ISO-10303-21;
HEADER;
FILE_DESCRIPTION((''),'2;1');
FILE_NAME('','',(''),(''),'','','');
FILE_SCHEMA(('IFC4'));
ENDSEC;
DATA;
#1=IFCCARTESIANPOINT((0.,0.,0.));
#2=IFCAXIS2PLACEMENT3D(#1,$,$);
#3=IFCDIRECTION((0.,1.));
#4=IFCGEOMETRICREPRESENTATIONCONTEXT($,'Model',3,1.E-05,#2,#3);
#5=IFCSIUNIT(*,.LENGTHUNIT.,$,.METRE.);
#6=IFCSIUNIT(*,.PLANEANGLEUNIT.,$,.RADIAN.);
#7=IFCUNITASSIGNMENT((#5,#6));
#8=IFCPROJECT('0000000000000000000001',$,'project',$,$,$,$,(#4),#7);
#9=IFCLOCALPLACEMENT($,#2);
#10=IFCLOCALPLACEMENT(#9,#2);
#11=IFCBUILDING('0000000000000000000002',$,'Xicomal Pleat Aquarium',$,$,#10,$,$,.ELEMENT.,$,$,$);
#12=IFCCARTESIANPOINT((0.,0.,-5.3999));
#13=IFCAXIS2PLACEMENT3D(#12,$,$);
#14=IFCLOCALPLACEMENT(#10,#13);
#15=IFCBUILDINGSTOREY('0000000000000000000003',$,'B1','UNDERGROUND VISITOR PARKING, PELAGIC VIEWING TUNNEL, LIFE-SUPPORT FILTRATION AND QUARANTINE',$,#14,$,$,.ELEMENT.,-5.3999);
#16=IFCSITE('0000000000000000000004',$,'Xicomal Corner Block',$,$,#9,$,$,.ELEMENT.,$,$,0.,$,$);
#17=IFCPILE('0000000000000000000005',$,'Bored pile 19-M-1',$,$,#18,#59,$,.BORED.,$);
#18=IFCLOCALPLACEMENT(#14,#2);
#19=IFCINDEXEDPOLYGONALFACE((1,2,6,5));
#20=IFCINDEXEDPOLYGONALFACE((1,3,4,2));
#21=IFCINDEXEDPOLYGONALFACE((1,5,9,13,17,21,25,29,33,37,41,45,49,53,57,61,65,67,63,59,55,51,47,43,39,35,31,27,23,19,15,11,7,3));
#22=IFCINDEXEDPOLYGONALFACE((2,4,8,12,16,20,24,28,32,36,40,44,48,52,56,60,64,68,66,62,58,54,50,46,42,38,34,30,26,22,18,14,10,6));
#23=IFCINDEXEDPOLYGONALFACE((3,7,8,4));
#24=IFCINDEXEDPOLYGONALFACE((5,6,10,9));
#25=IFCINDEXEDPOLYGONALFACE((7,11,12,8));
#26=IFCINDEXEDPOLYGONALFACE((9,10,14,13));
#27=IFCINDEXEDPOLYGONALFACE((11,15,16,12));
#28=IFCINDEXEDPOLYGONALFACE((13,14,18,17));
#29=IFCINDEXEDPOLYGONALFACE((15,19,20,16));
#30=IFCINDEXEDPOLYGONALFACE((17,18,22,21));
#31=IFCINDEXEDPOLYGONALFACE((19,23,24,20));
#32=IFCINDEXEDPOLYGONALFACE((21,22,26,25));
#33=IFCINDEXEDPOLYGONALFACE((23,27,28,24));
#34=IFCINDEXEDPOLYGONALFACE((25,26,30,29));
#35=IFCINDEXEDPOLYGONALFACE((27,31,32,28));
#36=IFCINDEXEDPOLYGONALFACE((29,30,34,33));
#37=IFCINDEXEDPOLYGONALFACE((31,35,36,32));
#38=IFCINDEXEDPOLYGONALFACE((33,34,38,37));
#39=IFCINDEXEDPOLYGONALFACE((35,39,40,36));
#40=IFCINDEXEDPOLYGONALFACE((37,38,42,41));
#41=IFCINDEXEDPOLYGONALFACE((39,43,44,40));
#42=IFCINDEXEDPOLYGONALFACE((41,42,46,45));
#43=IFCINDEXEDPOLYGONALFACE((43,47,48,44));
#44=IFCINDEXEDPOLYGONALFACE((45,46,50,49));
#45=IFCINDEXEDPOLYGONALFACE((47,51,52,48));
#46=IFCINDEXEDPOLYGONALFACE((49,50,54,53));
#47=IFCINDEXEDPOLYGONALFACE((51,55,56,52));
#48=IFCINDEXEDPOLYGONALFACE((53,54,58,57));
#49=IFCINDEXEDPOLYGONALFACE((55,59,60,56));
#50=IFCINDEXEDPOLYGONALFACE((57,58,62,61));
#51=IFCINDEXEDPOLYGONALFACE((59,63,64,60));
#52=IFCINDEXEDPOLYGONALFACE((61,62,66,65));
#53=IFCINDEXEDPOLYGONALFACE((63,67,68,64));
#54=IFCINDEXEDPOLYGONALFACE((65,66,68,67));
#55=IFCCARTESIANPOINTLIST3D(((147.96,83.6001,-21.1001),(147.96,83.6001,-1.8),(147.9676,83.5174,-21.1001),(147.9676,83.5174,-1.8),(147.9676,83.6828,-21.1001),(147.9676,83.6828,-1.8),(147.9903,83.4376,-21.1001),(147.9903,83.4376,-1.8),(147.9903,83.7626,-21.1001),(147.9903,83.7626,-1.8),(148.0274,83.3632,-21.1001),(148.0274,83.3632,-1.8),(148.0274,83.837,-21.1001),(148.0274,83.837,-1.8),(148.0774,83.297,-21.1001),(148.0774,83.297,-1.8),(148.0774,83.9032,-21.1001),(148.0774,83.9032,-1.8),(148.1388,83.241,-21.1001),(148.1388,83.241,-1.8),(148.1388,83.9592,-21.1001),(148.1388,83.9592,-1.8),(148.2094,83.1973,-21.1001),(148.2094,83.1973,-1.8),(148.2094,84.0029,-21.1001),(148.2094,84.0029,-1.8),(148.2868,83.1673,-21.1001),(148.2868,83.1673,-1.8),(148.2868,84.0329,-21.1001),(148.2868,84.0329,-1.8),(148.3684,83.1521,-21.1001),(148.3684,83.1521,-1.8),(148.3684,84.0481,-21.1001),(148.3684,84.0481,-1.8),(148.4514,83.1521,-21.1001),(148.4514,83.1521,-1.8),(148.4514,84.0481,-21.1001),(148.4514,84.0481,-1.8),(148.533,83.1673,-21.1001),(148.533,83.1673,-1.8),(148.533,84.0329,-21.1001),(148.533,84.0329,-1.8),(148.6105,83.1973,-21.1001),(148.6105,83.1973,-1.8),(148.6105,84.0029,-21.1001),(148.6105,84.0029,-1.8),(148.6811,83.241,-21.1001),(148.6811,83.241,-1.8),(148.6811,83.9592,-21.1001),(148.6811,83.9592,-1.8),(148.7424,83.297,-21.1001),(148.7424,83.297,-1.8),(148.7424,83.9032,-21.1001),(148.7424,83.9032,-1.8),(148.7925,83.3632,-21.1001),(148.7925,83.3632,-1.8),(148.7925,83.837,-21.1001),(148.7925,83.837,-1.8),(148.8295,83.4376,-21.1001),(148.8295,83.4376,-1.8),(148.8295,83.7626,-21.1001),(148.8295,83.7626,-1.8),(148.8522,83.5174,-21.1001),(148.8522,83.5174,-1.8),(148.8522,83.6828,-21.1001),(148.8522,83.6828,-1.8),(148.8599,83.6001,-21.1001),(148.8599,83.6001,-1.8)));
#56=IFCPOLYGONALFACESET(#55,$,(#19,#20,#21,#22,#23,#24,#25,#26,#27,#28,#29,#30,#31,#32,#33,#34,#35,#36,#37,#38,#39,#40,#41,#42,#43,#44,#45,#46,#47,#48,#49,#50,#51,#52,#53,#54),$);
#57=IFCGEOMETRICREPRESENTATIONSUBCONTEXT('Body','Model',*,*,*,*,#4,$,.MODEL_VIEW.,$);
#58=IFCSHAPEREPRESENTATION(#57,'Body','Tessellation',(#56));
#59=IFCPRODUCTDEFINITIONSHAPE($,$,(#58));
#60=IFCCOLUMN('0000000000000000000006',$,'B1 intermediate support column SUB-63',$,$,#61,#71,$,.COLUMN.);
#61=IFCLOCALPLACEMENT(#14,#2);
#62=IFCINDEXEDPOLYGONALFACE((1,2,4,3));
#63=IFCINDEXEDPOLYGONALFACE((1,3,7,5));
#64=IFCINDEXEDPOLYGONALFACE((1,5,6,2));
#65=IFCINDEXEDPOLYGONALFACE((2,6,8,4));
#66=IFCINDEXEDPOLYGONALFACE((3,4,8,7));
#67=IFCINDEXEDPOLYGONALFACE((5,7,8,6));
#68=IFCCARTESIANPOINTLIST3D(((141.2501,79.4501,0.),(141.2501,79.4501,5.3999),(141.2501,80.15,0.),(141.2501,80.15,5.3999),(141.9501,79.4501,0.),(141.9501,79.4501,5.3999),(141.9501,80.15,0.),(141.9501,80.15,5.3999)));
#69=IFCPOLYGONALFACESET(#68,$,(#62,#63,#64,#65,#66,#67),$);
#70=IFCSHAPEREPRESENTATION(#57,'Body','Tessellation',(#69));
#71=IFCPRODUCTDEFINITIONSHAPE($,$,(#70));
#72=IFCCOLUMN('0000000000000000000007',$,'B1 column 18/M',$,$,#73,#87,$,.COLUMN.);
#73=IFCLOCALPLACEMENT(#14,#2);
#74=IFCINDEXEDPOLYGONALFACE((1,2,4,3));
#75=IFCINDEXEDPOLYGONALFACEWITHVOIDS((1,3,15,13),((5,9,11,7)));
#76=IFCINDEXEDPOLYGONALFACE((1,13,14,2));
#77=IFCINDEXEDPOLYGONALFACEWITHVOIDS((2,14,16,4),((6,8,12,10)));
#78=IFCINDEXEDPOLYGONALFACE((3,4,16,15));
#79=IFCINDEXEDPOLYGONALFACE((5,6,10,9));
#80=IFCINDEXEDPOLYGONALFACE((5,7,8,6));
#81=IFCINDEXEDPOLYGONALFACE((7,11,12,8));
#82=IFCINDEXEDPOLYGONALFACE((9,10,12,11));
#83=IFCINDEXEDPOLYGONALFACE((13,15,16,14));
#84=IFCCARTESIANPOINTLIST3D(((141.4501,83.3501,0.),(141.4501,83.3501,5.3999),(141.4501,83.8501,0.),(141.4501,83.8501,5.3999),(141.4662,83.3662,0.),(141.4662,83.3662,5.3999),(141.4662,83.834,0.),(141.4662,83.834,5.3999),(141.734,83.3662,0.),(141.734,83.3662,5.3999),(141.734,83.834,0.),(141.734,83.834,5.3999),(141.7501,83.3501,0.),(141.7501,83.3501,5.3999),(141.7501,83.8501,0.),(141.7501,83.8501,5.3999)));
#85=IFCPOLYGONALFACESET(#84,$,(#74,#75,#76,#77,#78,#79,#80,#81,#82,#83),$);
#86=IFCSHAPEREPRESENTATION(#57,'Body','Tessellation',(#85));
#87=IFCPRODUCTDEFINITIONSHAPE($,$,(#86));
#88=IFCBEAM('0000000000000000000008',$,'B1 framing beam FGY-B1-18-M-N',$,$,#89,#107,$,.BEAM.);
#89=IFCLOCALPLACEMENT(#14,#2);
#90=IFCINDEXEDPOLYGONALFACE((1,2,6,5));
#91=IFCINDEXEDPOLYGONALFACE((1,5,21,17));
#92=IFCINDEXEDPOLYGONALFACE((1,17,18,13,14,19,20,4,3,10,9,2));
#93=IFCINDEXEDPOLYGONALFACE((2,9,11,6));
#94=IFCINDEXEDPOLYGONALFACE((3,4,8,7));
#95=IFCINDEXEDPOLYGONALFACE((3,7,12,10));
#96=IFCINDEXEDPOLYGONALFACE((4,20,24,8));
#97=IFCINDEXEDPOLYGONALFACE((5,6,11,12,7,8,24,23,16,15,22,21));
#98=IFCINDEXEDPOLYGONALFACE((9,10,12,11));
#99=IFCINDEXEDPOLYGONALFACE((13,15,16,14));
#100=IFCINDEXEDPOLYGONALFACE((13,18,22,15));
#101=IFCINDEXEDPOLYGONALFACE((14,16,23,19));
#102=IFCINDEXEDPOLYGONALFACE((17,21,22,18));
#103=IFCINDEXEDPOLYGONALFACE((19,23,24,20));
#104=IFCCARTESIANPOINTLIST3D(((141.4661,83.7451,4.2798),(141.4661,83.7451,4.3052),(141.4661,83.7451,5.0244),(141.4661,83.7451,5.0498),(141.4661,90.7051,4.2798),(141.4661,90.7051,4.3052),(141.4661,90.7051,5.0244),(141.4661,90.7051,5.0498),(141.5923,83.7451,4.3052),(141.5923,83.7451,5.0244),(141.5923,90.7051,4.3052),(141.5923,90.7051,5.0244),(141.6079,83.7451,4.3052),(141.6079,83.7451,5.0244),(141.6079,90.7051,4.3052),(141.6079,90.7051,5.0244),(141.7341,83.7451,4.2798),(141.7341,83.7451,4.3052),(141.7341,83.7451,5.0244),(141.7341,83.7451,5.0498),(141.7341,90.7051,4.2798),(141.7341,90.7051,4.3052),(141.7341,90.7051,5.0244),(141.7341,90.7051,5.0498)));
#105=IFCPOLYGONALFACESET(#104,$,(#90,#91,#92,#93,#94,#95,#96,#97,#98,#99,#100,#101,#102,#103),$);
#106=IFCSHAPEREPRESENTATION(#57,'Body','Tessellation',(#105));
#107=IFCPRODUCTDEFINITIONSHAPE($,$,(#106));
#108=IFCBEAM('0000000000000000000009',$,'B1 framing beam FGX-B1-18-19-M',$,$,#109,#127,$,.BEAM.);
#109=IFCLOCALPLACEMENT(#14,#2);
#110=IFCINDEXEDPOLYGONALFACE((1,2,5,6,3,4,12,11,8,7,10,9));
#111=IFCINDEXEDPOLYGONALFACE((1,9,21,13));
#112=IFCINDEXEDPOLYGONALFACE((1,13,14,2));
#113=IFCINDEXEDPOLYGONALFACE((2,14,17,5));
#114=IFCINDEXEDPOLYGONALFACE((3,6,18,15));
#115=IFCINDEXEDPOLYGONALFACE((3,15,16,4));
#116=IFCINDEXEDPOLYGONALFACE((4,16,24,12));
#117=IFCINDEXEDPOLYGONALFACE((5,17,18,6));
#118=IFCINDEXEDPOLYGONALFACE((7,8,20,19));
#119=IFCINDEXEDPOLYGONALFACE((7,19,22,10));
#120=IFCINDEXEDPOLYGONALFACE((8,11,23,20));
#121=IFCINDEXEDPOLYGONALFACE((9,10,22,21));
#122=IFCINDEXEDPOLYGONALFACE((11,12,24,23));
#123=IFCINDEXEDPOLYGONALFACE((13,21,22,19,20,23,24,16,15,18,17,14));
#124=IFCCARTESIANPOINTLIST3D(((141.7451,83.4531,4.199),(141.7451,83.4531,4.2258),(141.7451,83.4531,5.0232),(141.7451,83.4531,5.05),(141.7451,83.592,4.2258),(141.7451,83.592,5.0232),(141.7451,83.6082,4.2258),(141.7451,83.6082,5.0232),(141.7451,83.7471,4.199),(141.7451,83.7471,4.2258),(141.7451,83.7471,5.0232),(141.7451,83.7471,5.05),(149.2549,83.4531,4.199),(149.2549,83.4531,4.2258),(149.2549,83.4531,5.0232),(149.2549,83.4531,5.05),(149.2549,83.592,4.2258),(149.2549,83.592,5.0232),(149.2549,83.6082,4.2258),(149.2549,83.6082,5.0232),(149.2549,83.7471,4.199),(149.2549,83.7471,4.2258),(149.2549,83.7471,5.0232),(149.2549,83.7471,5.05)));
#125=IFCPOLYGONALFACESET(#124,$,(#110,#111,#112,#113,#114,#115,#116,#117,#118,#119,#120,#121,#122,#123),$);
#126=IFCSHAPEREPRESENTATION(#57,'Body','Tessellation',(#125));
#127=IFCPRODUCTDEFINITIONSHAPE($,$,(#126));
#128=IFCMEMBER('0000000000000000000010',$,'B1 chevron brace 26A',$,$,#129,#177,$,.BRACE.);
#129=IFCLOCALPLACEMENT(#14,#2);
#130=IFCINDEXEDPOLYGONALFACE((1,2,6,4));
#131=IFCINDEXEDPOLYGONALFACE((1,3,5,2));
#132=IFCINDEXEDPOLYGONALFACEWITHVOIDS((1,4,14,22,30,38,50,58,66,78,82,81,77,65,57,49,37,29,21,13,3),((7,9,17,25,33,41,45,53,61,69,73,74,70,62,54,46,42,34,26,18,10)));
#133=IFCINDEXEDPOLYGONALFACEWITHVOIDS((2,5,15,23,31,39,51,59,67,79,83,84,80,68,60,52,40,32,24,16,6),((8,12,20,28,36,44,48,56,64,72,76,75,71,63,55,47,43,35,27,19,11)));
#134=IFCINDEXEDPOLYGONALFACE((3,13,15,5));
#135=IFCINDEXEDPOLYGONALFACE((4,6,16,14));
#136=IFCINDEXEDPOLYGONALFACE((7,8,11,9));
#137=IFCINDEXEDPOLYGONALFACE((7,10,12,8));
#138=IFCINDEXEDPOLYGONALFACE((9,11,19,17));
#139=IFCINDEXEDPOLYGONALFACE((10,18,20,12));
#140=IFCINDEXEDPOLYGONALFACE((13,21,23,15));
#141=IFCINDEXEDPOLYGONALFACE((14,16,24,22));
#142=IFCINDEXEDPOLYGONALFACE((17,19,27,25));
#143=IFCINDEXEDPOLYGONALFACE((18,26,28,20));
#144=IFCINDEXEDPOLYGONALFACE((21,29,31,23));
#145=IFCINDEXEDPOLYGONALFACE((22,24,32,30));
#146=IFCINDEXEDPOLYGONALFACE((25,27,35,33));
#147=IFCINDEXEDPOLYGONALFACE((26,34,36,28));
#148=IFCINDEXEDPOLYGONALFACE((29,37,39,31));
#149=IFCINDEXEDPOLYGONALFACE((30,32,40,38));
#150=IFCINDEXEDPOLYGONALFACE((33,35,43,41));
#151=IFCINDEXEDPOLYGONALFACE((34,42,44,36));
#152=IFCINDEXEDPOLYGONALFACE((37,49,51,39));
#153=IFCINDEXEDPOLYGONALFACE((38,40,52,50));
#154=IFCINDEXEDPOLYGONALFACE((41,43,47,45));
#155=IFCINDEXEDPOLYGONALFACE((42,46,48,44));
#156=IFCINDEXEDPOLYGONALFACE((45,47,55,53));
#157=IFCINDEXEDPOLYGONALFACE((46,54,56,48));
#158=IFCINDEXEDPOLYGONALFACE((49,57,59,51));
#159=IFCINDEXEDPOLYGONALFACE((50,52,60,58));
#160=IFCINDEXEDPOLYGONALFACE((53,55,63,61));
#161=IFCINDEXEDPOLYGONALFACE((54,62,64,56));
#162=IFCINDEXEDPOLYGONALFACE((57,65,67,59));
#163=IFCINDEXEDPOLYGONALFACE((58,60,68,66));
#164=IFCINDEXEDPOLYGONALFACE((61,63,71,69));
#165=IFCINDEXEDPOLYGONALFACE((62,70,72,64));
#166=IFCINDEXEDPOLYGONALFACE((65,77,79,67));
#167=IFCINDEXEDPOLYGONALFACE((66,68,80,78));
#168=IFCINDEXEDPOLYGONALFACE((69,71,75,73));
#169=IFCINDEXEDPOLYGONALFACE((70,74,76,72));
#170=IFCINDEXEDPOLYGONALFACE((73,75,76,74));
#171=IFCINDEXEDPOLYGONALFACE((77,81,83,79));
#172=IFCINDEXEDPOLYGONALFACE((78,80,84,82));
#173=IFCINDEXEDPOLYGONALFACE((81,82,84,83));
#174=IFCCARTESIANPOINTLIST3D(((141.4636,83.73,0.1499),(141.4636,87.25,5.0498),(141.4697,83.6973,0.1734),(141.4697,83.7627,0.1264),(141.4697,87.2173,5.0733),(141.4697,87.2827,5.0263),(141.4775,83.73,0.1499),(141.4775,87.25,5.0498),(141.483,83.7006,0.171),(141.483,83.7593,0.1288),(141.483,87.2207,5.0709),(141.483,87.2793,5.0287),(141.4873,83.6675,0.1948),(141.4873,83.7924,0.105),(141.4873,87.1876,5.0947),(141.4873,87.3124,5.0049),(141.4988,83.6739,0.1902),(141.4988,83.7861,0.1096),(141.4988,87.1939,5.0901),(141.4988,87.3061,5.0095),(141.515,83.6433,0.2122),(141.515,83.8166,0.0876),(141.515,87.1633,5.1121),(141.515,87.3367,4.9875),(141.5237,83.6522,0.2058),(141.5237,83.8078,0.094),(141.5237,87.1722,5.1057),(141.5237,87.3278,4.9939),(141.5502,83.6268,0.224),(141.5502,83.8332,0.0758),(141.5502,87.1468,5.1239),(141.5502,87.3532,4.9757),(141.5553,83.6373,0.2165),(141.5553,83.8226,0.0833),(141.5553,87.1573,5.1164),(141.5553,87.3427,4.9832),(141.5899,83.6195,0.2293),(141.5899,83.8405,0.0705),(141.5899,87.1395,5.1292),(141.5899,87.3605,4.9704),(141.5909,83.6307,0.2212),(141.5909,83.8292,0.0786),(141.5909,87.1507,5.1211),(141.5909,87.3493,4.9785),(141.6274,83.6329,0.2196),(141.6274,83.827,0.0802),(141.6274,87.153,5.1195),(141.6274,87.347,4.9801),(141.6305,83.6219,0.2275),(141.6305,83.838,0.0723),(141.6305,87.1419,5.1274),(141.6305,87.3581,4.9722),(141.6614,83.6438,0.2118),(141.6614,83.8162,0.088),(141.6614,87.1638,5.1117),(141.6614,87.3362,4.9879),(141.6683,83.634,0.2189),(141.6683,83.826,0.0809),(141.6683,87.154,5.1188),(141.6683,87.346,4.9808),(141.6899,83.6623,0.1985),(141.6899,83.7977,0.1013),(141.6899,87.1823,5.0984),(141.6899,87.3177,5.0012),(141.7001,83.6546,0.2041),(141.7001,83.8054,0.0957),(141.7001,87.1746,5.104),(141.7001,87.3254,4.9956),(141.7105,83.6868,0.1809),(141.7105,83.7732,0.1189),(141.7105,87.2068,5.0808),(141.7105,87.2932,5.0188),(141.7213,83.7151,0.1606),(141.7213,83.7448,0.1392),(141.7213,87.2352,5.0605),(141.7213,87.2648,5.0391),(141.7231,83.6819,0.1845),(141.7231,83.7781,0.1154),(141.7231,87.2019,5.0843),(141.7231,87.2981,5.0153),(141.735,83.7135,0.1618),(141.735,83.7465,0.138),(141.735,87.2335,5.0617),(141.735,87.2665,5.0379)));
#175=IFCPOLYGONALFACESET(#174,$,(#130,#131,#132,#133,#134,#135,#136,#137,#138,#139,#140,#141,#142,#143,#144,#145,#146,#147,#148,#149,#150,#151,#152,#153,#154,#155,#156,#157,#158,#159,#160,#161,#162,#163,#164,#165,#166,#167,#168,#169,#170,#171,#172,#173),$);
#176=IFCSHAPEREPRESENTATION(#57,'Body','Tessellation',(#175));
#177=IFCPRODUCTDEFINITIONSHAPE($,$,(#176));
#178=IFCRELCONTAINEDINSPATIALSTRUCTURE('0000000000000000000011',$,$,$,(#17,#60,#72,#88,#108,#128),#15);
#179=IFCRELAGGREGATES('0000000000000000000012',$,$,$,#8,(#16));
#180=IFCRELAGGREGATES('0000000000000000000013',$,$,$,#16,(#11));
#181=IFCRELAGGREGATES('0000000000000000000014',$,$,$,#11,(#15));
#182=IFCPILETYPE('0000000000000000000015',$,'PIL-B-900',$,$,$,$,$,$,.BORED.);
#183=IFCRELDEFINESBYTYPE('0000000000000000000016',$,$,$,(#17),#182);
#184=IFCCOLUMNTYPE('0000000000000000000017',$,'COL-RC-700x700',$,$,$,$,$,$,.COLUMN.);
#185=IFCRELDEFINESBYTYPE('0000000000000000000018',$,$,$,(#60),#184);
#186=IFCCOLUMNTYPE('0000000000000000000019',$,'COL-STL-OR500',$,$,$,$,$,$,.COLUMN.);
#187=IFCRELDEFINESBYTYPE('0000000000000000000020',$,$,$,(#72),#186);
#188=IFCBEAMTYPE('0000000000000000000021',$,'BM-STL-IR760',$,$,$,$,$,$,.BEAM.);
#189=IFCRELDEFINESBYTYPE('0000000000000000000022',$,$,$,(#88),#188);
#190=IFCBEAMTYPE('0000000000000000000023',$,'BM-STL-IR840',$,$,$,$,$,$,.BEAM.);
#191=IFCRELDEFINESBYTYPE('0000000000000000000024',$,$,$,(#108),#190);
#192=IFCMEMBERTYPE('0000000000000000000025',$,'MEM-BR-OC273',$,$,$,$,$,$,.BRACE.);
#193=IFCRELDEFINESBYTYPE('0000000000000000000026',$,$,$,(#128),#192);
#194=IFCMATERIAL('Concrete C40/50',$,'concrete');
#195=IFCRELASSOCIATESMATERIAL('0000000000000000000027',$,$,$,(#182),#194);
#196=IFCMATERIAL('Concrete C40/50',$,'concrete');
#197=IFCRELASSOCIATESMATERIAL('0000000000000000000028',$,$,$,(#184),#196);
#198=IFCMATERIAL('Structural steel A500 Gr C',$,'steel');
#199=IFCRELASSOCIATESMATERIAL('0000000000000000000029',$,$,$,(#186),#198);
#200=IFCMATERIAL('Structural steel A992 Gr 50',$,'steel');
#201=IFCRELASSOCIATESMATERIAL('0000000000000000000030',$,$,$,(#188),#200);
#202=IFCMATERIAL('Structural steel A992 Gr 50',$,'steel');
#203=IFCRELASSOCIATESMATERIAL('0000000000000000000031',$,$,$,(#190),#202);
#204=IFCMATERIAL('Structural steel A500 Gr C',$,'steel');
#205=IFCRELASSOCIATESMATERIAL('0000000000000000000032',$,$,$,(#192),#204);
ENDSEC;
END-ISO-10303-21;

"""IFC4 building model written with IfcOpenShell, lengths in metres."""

from ifc_helpers import new_model, si_unit, direction, frame, origin, origin_2d, place, context, subcontext, project, spatial, rectangle, hollow_rectangle, circle, hollow_circle, i_section, extrude, material, material_profile, profile_set, type_object, element, save


model = new_model("IFC4")

# Units and contexts
model_context = context("Model", 3, precision=1e-05, world=origin(), true_north=direction((0.0, 1.0)))
body_context = subcontext(model_context, "Body", "Model", "MODEL_VIEW")
ifc_project = project(units=[si_unit("LENGTHUNIT", "METRE"), si_unit("PLANEANGLEUNIT", "RADIAN")], contexts=[model_context])

# Site, building, storey
site_placement = place(None, origin())
site = spatial("IfcSite", under=ifc_project, at=site_placement, Name="Xicomal Corner Block", CompositionType="ELEMENT", RefElevation=0.0)
building_placement = place(site_placement, origin())
building = spatial("IfcBuilding", under=site, at=building_placement, Name="Xicomal Pleat Aquarium", CompositionType="ELEMENT")
storey_placement = place(building_placement, frame((0.0, 0.0, -5.3999)))
storey = spatial("IfcBuildingStorey", under=building, at=storey_placement, Name="B1", Description="UNDERGROUND VISITOR PARKING, PELAGIC VIEWING TUNNEL, LIFE-SUPPORT FILTRATION AND QUARANTINE", CompositionType="ELEMENT", Elevation=-5.3999)

# Pile
ifc_material_1 = material(Name="Concrete C40/50", Category="concrete")
ifc_material_profile_1 = material_profile(ifc_material_1, circle(Radius=0.45, at=origin_2d()), Name="BORED PILE D900")
ifc_profile_set_1 = profile_set([ifc_material_profile_1], Name="Concrete C40/50")
pile_type_1 = type_object("IfcPileType", Name="PIL-B-900", PredefinedType="BORED", material=ifc_profile_set_1)
pile_placement = place(storey_placement, frame((148.4099, 83.6001, -1.8), z_axis=(0.0, 0.0, -1.0), x_axis=(1.0, 0.0, 0.0)))
element("IfcPile", 1, at=pile_placement, inside=storey, type_object=pile_type_1, Name="Bored pile 19-M-1", PredefinedType="BORED", context=body_context, shape_type="SweptSolid", body=[
    extrude(circle(Radius=0.45, at=origin_2d()), origin(), (0.0, 0.0, 1.0), 19.3),
])

# Columns
ifc_material_2 = material(Name="Concrete C40/50", Category="concrete")
ifc_material_profile_2 = material_profile(ifc_material_2, rectangle(XDim=0.7, YDim=0.7, at=origin_2d()), Name="RC 700x700")
ifc_profile_set_2 = profile_set([ifc_material_profile_2], Name="Concrete C40/50")
column_type_1 = type_object("IfcColumnType", Name="COL-RC-700x700", PredefinedType="COLUMN", material=ifc_profile_set_2)
column_1_placement = place(storey_placement, frame((141.6001, 79.8, 0.0), z_axis=(0.0, 0.0, 1.0), x_axis=(1.0, 0.0, 0.0)))
element("IfcColumn", 2, at=column_1_placement, inside=storey, type_object=column_type_1, Name="B1 intermediate support column SUB-63", PredefinedType="COLUMN", context=body_context, shape_type="SweptSolid", body=[
    extrude(rectangle(XDim=0.7, YDim=0.7, at=origin_2d()), origin(), (0.0, 0.0, 1.0), 5.3999),
])
ifc_material_3 = material(Name="Structural steel A500 Gr C", Category="steel")
ifc_material_profile_3 = material_profile(ifc_material_3, hollow_rectangle(XDim=0.3, YDim=0.5, WallThickness=0.0161, at=origin_2d()), Name="OR 500x300x16")
ifc_profile_set_3 = profile_set([ifc_material_profile_3], Name="Structural steel A500 Gr C")
column_type_2 = type_object("IfcColumnType", Name="COL-STL-OR500", PredefinedType="COLUMN", material=ifc_profile_set_3)
column_2_placement = place(storey_placement, frame((141.6001, 83.6001, 0.0), z_axis=(0.0, 0.0, 1.0), x_axis=(1.0, 0.0, 0.0)))
element("IfcColumn", 3, at=column_2_placement, inside=storey, type_object=column_type_2, Name="B1 column 18/M", PredefinedType="COLUMN", context=body_context, shape_type="SweptSolid", body=[
    extrude(hollow_rectangle(XDim=0.3, YDim=0.5, WallThickness=0.0161, at=origin_2d()), origin(), (0.0, 0.0, 1.0), 5.3999),
])

# Beams
ifc_material_4 = material(Name="Structural steel A992 Gr 50", Category="steel")
ifc_material_profile_4 = material_profile(ifc_material_4, i_section(OverallWidth=0.2681, OverallDepth=0.77, WebThickness=0.0156, FlangeThickness=0.0254, at=origin_2d()), Name="IR 760x196")
ifc_profile_set_4 = profile_set([ifc_material_profile_4], Name="Structural steel A992 Gr 50")
beam_type_1 = type_object("IfcBeamType", Name="BM-STL-IR760", PredefinedType="BEAM", material=ifc_profile_set_4)
beam_1_placement = place(storey_placement, frame((141.6001, 83.7451, 4.6648), z_axis=(0.0, 1.0, 0.0), x_axis=(-1.0, 0.0, 0.0)))
element("IfcBeam", 4, at=beam_1_placement, inside=storey, type_object=beam_type_1, Name="B1 framing beam FGY-B1-18-M-N", PredefinedType="BEAM", context=body_context, shape_type="SweptSolid", body=[
    extrude(i_section(OverallWidth=0.2681, OverallDepth=0.77, WebThickness=0.0156, FlangeThickness=0.0254, at=origin_2d()), origin(), (0.0, 0.0, 1.0), 6.96),
])
ifc_material_5 = material(Name="Structural steel A992 Gr 50", Category="steel")
ifc_material_profile_5 = material_profile(ifc_material_5, i_section(OverallWidth=0.2939, OverallDepth=0.8511, WebThickness=0.0161, FlangeThickness=0.0269, at=origin_2d()), Name="IR 840x226")
ifc_profile_set_5 = profile_set([ifc_material_profile_5], Name="Structural steel A992 Gr 50")
beam_type_2 = type_object("IfcBeamType", Name="BM-STL-IR840", PredefinedType="BEAM", material=ifc_profile_set_5)
beam_2_placement = place(storey_placement, frame((141.7451, 83.6001, 4.6245), z_axis=(1.0, 0.0, 0.0), x_axis=(0.0, 1.0, 0.0)))
element("IfcBeam", 5, at=beam_2_placement, inside=storey, type_object=beam_type_2, Name="B1 framing beam FGX-B1-18-19-M", PredefinedType="BEAM", context=body_context, shape_type="SweptSolid", body=[
    extrude(i_section(OverallWidth=0.2939, OverallDepth=0.8511, WebThickness=0.0161, FlangeThickness=0.0269, at=origin_2d()), origin(), (0.0, 0.0, 1.0), 7.5098),
])

# Member
ifc_material_6 = material(Name="Structural steel A500 Gr C", Category="steel")
ifc_material_profile_6 = material_profile(ifc_material_6, hollow_circle(Radius=0.1365, WallThickness=0.0139, at=origin_2d()), Name="OC 273x14")
ifc_profile_set_6 = profile_set([ifc_material_profile_6], Name="Structural steel A500 Gr C")
member_type = type_object("IfcMemberType", Name="MEM-BR-OC273", PredefinedType="BRACE", material=ifc_profile_set_6)
member_placement = place(storey_placement, frame((141.6001, 83.73, 0.1499), z_axis=(0.0, 0.583441, 0.812156), x_axis=(-1.0, 0.0, 0.0)))
element("IfcMember", 6, at=member_placement, inside=storey, type_object=member_type, Name="B1 chevron brace 26A", PredefinedType="BRACE", context=body_context, shape_type="SweptSolid", body=[
    extrude(hollow_circle(Radius=0.1365, WallThickness=0.0139, at=origin_2d()), origin(), (0.0, 0.0, 1.0), 6.0332),
])

save(model, "model.ifc")
